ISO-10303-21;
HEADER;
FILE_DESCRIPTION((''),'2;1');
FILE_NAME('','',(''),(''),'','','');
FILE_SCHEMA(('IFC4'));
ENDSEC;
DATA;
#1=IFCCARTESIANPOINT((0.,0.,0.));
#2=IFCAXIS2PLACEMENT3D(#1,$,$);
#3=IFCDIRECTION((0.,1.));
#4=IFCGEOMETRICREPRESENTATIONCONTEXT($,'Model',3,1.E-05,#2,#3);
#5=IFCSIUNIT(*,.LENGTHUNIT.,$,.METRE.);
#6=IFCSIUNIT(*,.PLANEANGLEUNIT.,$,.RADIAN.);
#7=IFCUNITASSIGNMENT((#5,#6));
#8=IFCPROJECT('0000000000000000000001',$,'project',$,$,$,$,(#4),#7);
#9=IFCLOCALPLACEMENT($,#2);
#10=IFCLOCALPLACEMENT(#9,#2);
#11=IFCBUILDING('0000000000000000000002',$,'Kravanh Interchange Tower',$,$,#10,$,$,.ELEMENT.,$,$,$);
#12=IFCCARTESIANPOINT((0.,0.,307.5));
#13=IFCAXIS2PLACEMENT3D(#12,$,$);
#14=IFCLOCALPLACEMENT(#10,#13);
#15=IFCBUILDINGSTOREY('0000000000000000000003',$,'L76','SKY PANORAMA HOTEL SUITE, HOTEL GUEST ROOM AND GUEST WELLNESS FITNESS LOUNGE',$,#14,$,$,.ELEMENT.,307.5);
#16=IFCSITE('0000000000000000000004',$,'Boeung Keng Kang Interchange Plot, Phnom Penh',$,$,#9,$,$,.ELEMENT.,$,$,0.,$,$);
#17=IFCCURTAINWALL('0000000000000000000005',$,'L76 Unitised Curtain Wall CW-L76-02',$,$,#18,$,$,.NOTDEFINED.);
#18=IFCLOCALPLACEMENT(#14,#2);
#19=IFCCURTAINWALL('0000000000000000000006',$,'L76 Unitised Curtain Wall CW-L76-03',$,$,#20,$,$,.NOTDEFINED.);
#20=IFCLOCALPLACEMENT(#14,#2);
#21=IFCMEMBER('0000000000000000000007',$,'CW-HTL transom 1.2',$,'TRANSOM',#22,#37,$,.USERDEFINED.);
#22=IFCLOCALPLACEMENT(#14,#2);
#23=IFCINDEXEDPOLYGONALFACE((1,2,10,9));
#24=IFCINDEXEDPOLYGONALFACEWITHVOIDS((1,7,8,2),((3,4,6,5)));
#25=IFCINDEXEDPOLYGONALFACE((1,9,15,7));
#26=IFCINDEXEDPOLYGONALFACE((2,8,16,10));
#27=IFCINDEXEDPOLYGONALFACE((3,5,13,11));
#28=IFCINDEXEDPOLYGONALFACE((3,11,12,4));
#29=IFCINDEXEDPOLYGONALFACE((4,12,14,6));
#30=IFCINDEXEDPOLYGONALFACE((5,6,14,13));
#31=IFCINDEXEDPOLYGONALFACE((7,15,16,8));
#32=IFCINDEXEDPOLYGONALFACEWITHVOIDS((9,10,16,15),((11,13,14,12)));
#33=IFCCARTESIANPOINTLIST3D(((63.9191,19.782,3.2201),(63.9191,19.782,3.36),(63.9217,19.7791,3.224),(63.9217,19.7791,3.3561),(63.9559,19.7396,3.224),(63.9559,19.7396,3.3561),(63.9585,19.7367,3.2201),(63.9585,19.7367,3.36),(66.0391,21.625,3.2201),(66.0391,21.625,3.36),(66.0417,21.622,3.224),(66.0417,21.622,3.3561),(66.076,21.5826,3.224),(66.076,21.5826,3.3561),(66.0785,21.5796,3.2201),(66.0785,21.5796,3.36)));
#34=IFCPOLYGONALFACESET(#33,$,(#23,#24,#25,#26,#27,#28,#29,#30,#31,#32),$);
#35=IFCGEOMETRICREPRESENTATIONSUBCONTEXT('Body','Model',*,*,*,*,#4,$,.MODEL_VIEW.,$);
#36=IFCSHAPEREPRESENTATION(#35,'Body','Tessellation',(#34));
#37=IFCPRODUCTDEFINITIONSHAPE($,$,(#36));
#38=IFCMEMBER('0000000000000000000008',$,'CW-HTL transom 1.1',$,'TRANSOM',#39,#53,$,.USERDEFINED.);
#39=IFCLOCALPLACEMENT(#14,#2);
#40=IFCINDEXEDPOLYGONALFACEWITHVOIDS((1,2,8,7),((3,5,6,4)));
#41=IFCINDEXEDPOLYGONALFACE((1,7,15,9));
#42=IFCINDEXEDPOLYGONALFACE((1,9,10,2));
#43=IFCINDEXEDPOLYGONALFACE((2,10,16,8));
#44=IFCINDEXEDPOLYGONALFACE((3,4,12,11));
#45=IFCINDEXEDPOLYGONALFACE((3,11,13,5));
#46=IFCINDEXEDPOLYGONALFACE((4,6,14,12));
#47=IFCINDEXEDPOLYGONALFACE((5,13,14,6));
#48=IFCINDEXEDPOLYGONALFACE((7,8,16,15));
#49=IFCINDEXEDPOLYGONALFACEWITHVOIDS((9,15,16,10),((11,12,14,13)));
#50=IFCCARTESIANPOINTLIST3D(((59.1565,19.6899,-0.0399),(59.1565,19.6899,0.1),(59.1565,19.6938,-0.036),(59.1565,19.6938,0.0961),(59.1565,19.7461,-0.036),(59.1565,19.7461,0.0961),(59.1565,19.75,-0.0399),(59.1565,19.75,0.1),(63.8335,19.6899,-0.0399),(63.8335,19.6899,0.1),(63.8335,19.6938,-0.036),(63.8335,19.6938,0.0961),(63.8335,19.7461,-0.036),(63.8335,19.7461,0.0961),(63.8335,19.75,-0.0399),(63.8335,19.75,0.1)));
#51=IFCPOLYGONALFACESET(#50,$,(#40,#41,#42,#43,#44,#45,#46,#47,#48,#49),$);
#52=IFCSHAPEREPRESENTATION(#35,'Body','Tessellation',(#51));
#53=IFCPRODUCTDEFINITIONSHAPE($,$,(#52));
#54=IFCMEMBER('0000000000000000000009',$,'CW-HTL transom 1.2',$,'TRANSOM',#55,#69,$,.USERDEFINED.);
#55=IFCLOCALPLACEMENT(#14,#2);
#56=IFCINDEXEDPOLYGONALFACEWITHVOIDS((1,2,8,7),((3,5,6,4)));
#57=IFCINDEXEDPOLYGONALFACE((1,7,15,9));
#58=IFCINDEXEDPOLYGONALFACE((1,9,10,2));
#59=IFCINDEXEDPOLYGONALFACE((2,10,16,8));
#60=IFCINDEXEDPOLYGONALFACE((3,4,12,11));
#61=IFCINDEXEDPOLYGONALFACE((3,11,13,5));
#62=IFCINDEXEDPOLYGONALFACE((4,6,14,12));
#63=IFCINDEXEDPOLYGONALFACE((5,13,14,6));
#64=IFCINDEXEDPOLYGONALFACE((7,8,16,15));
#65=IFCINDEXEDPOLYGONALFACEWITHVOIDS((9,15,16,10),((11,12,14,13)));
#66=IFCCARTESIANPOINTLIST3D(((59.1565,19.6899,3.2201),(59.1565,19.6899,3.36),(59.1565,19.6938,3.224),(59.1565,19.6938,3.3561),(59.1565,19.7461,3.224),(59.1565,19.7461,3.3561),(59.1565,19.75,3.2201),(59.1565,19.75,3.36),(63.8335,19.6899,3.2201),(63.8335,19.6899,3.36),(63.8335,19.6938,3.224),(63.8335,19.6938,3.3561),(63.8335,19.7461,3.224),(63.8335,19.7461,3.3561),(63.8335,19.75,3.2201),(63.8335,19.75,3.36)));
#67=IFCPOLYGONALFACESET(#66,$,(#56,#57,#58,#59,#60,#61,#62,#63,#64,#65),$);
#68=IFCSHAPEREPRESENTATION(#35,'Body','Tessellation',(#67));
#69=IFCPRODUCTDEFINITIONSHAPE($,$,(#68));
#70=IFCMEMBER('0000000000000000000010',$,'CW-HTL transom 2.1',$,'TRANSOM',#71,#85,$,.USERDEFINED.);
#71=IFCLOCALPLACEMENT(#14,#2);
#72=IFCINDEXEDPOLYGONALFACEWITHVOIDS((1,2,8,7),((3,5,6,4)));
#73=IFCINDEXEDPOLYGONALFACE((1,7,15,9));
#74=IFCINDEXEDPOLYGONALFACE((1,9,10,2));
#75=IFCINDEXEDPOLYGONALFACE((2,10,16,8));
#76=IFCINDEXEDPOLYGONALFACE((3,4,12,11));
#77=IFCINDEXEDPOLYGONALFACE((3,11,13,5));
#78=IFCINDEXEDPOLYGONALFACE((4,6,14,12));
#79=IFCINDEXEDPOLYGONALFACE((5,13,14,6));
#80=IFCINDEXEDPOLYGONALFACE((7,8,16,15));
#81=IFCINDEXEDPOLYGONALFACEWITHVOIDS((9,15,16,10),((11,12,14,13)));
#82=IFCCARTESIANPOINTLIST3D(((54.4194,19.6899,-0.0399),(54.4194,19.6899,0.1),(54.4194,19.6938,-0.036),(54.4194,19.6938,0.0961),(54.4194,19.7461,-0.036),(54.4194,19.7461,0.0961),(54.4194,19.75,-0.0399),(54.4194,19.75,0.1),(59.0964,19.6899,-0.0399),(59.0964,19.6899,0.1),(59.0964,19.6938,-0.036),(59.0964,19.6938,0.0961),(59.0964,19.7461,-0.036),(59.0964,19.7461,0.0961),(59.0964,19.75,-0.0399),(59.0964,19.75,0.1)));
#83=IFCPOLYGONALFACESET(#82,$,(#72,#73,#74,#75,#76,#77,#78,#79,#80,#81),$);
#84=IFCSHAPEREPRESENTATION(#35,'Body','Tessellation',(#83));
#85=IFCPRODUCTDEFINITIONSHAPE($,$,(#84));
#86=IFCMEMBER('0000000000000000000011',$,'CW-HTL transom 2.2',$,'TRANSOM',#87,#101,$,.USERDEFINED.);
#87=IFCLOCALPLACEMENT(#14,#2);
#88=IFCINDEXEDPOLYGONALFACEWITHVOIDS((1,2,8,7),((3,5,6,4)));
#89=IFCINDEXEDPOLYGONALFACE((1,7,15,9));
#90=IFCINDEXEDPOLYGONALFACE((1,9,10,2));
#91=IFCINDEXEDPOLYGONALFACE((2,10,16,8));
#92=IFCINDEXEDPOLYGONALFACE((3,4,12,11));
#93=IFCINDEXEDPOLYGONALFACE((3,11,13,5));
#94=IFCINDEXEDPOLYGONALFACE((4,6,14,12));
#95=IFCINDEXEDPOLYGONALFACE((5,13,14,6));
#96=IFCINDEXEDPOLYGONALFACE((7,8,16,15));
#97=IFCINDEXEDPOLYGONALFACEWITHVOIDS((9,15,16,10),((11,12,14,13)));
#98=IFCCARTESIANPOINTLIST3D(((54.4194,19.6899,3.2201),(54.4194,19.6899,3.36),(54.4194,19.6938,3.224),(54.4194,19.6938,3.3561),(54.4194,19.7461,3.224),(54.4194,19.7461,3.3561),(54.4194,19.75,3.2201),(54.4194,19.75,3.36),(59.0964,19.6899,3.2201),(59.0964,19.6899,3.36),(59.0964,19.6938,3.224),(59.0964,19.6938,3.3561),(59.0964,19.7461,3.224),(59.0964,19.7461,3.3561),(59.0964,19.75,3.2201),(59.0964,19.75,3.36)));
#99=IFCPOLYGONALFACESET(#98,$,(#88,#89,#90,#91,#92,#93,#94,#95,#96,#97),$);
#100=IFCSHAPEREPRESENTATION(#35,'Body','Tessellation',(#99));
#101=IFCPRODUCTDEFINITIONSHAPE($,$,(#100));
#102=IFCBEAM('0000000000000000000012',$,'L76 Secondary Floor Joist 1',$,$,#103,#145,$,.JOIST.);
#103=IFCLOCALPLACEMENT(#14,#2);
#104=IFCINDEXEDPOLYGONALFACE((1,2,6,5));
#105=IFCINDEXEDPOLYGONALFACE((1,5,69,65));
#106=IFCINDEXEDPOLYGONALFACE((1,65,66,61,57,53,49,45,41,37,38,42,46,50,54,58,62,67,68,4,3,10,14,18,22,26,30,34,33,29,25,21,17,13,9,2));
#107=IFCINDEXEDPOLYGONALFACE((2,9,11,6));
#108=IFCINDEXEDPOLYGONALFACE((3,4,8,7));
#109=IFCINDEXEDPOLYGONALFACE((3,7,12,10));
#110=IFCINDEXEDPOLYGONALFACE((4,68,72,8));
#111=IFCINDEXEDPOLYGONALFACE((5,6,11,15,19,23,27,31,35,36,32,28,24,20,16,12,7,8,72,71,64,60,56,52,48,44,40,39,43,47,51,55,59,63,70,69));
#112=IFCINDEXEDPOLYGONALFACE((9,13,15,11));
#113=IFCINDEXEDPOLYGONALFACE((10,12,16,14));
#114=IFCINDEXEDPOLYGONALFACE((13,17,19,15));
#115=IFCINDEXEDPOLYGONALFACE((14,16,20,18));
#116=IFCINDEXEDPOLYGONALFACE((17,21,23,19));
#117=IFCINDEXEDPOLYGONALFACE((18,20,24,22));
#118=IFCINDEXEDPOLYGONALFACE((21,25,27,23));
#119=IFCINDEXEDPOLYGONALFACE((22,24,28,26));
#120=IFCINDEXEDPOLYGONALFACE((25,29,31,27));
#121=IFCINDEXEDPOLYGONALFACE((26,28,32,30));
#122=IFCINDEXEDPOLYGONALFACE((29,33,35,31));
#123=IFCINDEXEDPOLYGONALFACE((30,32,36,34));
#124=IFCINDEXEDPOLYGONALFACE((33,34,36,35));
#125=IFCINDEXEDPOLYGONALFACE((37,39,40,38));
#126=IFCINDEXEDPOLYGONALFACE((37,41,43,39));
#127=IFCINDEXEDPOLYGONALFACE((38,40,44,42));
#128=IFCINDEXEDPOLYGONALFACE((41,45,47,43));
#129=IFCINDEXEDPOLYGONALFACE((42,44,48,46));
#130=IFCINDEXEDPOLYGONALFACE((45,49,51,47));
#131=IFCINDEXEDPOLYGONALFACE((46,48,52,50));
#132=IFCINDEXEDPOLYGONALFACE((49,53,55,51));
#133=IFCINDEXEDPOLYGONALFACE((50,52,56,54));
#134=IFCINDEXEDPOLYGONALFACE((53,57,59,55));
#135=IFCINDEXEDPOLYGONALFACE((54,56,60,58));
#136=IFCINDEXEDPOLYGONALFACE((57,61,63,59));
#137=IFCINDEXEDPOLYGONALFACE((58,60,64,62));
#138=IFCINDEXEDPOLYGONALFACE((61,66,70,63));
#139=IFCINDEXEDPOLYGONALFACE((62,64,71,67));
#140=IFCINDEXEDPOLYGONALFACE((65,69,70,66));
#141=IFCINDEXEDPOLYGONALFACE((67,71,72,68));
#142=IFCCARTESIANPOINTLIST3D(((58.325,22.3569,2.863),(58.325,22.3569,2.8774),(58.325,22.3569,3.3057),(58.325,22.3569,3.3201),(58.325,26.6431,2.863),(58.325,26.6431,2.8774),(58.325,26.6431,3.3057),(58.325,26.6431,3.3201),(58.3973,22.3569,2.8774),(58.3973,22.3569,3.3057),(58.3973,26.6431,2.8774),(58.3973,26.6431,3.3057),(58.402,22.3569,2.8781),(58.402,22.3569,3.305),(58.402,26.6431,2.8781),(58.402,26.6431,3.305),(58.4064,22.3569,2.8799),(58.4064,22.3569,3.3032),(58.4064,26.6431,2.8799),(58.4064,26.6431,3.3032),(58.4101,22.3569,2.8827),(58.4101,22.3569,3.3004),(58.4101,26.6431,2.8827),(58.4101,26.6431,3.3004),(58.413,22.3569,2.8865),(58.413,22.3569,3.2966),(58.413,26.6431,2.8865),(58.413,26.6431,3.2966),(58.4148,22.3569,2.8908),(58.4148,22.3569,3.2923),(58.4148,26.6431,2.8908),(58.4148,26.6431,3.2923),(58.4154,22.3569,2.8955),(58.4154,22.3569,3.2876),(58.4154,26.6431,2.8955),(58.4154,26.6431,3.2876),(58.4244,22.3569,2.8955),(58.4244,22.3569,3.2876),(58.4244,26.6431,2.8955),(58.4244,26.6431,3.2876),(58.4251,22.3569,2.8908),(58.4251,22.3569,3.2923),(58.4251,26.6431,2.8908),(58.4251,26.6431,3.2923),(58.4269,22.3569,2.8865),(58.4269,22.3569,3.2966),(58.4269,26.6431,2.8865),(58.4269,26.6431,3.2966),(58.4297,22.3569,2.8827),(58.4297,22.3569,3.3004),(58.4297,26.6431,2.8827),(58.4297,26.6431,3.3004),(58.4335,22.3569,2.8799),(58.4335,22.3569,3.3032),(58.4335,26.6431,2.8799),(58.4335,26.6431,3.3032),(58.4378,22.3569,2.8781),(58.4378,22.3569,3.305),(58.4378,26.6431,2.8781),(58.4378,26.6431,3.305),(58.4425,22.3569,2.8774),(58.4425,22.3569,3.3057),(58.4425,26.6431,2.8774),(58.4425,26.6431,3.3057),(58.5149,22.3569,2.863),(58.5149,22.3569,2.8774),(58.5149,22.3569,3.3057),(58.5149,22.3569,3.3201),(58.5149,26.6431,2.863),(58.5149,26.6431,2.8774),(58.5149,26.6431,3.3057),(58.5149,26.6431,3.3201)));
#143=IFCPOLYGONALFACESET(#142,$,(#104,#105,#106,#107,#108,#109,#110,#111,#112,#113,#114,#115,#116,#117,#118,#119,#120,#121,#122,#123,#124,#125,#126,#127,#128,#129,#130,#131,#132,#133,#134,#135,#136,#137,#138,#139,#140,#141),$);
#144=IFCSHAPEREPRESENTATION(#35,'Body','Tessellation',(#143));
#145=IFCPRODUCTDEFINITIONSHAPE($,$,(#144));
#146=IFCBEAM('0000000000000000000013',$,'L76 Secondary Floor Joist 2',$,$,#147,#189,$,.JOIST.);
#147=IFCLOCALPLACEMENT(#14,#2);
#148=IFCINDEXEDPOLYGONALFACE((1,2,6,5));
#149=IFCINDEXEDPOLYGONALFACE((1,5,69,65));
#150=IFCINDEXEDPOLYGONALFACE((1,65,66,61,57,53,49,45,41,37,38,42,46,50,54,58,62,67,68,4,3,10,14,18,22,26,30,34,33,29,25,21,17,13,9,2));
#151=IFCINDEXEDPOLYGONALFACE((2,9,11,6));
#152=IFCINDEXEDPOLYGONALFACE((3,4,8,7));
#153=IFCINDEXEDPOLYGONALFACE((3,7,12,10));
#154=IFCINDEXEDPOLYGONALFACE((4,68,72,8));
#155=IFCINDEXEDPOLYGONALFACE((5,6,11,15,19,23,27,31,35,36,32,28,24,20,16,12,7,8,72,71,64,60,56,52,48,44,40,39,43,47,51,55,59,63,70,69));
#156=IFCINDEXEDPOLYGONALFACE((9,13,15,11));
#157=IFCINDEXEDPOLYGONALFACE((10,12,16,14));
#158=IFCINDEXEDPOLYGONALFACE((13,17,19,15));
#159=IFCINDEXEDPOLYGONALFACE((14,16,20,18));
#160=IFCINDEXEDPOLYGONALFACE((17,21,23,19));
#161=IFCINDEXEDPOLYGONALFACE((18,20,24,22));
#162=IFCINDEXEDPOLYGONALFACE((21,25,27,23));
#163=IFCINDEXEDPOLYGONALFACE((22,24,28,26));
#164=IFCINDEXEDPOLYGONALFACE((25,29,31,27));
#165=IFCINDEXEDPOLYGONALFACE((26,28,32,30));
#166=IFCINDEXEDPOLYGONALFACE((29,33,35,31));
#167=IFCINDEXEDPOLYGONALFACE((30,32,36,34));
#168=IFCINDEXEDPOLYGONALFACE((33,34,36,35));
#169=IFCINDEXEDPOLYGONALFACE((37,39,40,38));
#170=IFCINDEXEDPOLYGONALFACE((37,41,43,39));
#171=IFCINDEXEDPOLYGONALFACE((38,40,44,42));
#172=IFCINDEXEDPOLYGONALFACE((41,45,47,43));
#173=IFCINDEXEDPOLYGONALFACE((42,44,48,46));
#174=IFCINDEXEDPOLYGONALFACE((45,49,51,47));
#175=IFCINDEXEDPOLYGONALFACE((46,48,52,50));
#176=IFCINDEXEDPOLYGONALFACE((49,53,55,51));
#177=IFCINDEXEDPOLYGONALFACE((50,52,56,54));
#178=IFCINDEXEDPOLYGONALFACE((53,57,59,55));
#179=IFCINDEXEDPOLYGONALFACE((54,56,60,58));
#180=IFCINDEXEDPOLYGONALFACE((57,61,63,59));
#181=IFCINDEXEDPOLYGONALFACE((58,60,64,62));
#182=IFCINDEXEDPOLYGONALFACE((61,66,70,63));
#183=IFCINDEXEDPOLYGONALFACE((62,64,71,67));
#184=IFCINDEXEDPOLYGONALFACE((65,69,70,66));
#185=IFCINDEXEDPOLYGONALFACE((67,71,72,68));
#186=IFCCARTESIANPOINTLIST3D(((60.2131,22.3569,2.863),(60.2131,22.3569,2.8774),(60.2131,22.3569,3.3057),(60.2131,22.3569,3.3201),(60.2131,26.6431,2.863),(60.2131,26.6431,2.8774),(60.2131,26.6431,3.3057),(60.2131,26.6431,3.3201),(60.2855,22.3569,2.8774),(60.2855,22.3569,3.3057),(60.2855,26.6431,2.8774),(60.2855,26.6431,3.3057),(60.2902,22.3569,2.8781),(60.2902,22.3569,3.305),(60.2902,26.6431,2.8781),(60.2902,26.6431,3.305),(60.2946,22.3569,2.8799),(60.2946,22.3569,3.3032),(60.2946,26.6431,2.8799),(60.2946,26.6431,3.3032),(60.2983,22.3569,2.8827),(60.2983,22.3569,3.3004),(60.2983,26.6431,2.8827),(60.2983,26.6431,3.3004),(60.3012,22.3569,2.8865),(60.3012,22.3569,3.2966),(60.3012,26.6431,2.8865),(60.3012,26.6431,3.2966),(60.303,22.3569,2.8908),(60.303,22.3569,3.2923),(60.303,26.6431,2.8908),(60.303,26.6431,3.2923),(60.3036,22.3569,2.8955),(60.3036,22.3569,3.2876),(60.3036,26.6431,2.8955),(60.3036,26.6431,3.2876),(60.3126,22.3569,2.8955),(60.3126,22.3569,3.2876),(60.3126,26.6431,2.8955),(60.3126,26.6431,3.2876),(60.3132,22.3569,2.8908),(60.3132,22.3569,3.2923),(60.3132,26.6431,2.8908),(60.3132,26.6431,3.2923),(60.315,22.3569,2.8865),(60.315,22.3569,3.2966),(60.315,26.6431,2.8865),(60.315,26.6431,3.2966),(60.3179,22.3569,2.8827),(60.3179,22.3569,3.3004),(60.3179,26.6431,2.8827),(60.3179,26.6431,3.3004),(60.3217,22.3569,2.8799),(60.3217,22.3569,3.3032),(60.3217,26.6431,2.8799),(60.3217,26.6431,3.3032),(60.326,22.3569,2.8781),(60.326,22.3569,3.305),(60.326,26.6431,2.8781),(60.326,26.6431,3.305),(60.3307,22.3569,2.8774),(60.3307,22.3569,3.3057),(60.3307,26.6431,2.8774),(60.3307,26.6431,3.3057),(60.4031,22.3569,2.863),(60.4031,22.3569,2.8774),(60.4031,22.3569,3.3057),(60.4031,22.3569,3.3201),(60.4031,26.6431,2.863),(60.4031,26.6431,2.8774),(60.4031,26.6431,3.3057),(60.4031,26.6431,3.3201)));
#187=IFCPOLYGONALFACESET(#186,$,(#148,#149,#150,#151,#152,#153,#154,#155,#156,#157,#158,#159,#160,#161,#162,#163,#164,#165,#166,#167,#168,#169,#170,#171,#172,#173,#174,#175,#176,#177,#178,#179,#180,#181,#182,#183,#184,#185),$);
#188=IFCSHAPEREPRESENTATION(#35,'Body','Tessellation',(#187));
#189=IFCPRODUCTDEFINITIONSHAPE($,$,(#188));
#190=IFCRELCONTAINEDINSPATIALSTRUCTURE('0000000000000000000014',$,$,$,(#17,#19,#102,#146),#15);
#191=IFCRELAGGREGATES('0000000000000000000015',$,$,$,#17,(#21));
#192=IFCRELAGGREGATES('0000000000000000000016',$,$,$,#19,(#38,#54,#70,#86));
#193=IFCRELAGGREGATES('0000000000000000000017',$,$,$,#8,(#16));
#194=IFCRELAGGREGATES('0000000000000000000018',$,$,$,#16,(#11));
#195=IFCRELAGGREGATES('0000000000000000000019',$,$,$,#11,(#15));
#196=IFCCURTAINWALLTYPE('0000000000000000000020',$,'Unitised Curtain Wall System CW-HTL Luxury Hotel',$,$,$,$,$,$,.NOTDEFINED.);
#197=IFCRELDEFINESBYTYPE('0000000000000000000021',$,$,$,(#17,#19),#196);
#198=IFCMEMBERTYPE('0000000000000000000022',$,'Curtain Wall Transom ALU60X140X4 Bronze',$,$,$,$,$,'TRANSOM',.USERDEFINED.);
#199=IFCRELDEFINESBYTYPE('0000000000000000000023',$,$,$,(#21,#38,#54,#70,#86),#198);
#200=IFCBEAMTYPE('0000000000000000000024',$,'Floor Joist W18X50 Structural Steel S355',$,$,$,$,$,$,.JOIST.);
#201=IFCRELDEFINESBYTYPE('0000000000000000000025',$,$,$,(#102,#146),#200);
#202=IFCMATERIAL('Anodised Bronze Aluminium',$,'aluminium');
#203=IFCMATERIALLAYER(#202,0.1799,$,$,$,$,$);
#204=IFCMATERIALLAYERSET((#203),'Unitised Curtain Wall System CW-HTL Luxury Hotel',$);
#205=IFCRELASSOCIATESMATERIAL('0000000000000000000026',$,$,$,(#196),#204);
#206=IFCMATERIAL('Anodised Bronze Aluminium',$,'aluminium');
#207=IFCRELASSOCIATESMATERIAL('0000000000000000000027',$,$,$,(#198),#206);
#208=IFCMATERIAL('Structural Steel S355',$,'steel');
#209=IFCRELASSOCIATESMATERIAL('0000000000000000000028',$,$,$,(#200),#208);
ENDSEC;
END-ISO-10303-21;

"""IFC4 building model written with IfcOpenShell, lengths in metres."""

from ifc_helpers import new_model, si_unit, direction, frame, origin, origin_2d, place, context, subcontext, project, spatial, hollow_rectangle, i_section, extrude, material, layer, layer_set, material_profile, profile_set, type_object, element, aggregate, save


model = new_model("IFC4")

# Units and contexts
model_context = context("Model", 3, precision=1e-05, world=origin(), true_north=direction((0.0, 1.0)))
body_context = subcontext(model_context, "Body", "Model", "MODEL_VIEW")
ifc_project = project(units=[si_unit("LENGTHUNIT", "METRE"), si_unit("PLANEANGLEUNIT", "RADIAN")], contexts=[model_context])

# Site, building, storey
site_placement = place(None, origin())
site = spatial("IfcSite", under=ifc_project, at=site_placement, Name="Boeung Keng Kang Interchange Plot, Phnom Penh", CompositionType="ELEMENT", RefElevation=0.0)
building_placement = place(site_placement, origin())
building = spatial("IfcBuilding", under=site, at=building_placement, Name="Kravanh Interchange Tower", CompositionType="ELEMENT")
storey_placement = place(building_placement, frame((0.0, 0.0, 307.5)))
storey = spatial("IfcBuildingStorey", under=building, at=storey_placement, Name="L76", Description="SKY PANORAMA HOTEL SUITE, HOTEL GUEST ROOM AND GUEST WELLNESS FITNESS LOUNGE", CompositionType="ELEMENT", Elevation=307.5)

# Curtain walls
ifc_material_1 = material(Name="Anodised Bronze Aluminium", Category="aluminium")
ifc_layer_1 = layer(ifc_material_1, 0.1799)
ifc_layer_set_1 = layer_set([ifc_layer_1], Name="Unitised Curtain Wall System CW-HTL Luxury Hotel")
curtain_wall_type = type_object("IfcCurtainWallType", Name="Unitised Curtain Wall System CW-HTL Luxury Hotel", PredefinedType="NOTDEFINED", material=ifc_layer_set_1)
curtain_wall_1_placement = place(storey_placement, origin())
curtain_wall_1 = element("IfcCurtainWall", 1, at=curtain_wall_1_placement, inside=storey, type_object=curtain_wall_type, Name="L76 Unitised Curtain Wall CW-L76-02", PredefinedType="NOTDEFINED")
curtain_wall_2_placement = place(storey_placement, origin())
curtain_wall_2 = element("IfcCurtainWall", 2, at=curtain_wall_2_placement, inside=storey, type_object=curtain_wall_type, Name="L76 Unitised Curtain Wall CW-L76-03", PredefinedType="NOTDEFINED")

# Members
ifc_material_2 = material(Name="Anodised Bronze Aluminium", Category="aluminium")
ifc_material_profile_1 = material_profile(ifc_material_2, hollow_rectangle(XDim=0.0601, YDim=0.1399, WallThickness=0.0039, at=origin_2d()), Name="ALU60X140X4")
ifc_profile_set_1 = profile_set([ifc_material_profile_1], Name="Anodised Bronze Aluminium")
member_type_1 = type_object("IfcMemberType", Name="Curtain Wall Transom ALU60X140X4 Bronze", ElementType="TRANSOM", PredefinedType="USERDEFINED", material=ifc_profile_set_1)
member_1_placement = place(storey_placement, frame((66.0588, 21.6023, 3.29), z_axis=(-0.754705, -0.656065, 0.0), x_axis=(0.656065, -0.754705, 0.0)))
member_1 = element("IfcMember", 3, at=member_1_placement, type_object=member_type_1, Name="CW-HTL transom 1.2", ObjectType="TRANSOM", PredefinedType="USERDEFINED", context=body_context, shape_type="SweptSolid", body=[
    extrude(hollow_rectangle(XDim=0.0601, YDim=0.1399, WallThickness=0.0039, at=origin_2d()), origin(), (0.0, 0.0, 1.0), 2.8091),
])
member_2_placement = place(storey_placement, frame((63.8335, 19.72, 0.03), z_axis=(-1.0, 0.0, 0.0), x_axis=(0.0, -1.0, 0.0)))
member_2 = element("IfcMember", 4, at=member_2_placement, type_object=member_type_1, Name="CW-HTL transom 1.1", ObjectType="TRANSOM", PredefinedType="USERDEFINED", context=body_context, shape_type="SweptSolid", body=[
    extrude(hollow_rectangle(XDim=0.0601, YDim=0.1399, WallThickness=0.0039, at=origin_2d()), origin(), (0.0, 0.0, 1.0), 4.677),
])
member_3_placement = place(storey_placement, frame((63.8335, 19.72, 3.29), z_axis=(-1.0, 0.0, 0.0), x_axis=(0.0, -1.0, 0.0)))
member_3 = element("IfcMember", 5, at=member_3_placement, type_object=member_type_1, Name="CW-HTL transom 1.2", ObjectType="TRANSOM", PredefinedType="USERDEFINED", context=body_context, shape_type="SweptSolid", body=[
    extrude(hollow_rectangle(XDim=0.0601, YDim=0.1399, WallThickness=0.0039, at=origin_2d()), origin(), (0.0, 0.0, 1.0), 4.677),
])
member_4_placement = place(storey_placement, frame((59.0964, 19.72, 0.03), z_axis=(-1.0, 0.0, 0.0), x_axis=(0.0, -1.0, 0.0)))
member_4 = element("IfcMember", 6, at=member_4_placement, type_object=member_type_1, Name="CW-HTL transom 2.1", ObjectType="TRANSOM", PredefinedType="USERDEFINED", context=body_context, shape_type="SweptSolid", body=[
    extrude(hollow_rectangle(XDim=0.0601, YDim=0.1399, WallThickness=0.0039, at=origin_2d()), origin(), (0.0, 0.0, 1.0), 4.677),
])
member_5_placement = place(storey_placement, frame((59.0964, 19.72, 3.29), z_axis=(-1.0, 0.0, 0.0), x_axis=(0.0, -1.0, 0.0)))
member_5 = element("IfcMember", 7, at=member_5_placement, type_object=member_type_1, Name="CW-HTL transom 2.2", ObjectType="TRANSOM", PredefinedType="USERDEFINED", context=body_context, shape_type="SweptSolid", body=[
    extrude(hollow_rectangle(XDim=0.0601, YDim=0.1399, WallThickness=0.0039, at=origin_2d()), origin(), (0.0, 0.0, 1.0), 4.677),
])

# Beams
ifc_material_3 = material(Name="Structural Steel S355", Category="steel")
ifc_material_profile_2 = material_profile(ifc_material_3, i_section(OverallWidth=0.1899, OverallDepth=0.457, WebThickness=0.009, FlangeThickness=0.0144, FilletRadius=0.0181, at=origin_2d()), Name="W18X50")
ifc_profile_set_2 = profile_set([ifc_material_profile_2], Name="Structural Steel S355")
beam_type_1 = type_object("IfcBeamType", Name="Floor Joist W18X50 Structural Steel S355", PredefinedType="JOIST", material=ifc_profile_set_2)
for number, where, z_axis, x_axis, name in (
    (8, (58.4199, 22.3569, 3.0916), (0.0, 1.0, 0.0), (-1.0, 0.0, 0.0), "L76 Secondary Floor Joist 1"),
    (9, (60.3081, 22.3569, 3.0916), (0.0, 1.0, 0.0), (-1.0, 0.0, 0.0), "L76 Secondary Floor Joist 2"),
):
    element("IfcBeam", number, at=place(storey_placement, frame(where, z_axis=z_axis, x_axis=x_axis)), inside=storey, type_object=beam_type_1, Name=name, PredefinedType="JOIST", context=body_context, shape_type="SweptSolid", body=[
        extrude(i_section(OverallWidth=0.1899, OverallDepth=0.457, WebThickness=0.009, FlangeThickness=0.0144, FilletRadius=0.0181, at=origin_2d()), origin(), (0.0, 0.0, 1.0), 4.2861),
    ])

aggregate(curtain_wall_1, [member_1])
aggregate(curtain_wall_2, [member_2, member_3, member_4, member_5])

save(model, "model.ifc")
